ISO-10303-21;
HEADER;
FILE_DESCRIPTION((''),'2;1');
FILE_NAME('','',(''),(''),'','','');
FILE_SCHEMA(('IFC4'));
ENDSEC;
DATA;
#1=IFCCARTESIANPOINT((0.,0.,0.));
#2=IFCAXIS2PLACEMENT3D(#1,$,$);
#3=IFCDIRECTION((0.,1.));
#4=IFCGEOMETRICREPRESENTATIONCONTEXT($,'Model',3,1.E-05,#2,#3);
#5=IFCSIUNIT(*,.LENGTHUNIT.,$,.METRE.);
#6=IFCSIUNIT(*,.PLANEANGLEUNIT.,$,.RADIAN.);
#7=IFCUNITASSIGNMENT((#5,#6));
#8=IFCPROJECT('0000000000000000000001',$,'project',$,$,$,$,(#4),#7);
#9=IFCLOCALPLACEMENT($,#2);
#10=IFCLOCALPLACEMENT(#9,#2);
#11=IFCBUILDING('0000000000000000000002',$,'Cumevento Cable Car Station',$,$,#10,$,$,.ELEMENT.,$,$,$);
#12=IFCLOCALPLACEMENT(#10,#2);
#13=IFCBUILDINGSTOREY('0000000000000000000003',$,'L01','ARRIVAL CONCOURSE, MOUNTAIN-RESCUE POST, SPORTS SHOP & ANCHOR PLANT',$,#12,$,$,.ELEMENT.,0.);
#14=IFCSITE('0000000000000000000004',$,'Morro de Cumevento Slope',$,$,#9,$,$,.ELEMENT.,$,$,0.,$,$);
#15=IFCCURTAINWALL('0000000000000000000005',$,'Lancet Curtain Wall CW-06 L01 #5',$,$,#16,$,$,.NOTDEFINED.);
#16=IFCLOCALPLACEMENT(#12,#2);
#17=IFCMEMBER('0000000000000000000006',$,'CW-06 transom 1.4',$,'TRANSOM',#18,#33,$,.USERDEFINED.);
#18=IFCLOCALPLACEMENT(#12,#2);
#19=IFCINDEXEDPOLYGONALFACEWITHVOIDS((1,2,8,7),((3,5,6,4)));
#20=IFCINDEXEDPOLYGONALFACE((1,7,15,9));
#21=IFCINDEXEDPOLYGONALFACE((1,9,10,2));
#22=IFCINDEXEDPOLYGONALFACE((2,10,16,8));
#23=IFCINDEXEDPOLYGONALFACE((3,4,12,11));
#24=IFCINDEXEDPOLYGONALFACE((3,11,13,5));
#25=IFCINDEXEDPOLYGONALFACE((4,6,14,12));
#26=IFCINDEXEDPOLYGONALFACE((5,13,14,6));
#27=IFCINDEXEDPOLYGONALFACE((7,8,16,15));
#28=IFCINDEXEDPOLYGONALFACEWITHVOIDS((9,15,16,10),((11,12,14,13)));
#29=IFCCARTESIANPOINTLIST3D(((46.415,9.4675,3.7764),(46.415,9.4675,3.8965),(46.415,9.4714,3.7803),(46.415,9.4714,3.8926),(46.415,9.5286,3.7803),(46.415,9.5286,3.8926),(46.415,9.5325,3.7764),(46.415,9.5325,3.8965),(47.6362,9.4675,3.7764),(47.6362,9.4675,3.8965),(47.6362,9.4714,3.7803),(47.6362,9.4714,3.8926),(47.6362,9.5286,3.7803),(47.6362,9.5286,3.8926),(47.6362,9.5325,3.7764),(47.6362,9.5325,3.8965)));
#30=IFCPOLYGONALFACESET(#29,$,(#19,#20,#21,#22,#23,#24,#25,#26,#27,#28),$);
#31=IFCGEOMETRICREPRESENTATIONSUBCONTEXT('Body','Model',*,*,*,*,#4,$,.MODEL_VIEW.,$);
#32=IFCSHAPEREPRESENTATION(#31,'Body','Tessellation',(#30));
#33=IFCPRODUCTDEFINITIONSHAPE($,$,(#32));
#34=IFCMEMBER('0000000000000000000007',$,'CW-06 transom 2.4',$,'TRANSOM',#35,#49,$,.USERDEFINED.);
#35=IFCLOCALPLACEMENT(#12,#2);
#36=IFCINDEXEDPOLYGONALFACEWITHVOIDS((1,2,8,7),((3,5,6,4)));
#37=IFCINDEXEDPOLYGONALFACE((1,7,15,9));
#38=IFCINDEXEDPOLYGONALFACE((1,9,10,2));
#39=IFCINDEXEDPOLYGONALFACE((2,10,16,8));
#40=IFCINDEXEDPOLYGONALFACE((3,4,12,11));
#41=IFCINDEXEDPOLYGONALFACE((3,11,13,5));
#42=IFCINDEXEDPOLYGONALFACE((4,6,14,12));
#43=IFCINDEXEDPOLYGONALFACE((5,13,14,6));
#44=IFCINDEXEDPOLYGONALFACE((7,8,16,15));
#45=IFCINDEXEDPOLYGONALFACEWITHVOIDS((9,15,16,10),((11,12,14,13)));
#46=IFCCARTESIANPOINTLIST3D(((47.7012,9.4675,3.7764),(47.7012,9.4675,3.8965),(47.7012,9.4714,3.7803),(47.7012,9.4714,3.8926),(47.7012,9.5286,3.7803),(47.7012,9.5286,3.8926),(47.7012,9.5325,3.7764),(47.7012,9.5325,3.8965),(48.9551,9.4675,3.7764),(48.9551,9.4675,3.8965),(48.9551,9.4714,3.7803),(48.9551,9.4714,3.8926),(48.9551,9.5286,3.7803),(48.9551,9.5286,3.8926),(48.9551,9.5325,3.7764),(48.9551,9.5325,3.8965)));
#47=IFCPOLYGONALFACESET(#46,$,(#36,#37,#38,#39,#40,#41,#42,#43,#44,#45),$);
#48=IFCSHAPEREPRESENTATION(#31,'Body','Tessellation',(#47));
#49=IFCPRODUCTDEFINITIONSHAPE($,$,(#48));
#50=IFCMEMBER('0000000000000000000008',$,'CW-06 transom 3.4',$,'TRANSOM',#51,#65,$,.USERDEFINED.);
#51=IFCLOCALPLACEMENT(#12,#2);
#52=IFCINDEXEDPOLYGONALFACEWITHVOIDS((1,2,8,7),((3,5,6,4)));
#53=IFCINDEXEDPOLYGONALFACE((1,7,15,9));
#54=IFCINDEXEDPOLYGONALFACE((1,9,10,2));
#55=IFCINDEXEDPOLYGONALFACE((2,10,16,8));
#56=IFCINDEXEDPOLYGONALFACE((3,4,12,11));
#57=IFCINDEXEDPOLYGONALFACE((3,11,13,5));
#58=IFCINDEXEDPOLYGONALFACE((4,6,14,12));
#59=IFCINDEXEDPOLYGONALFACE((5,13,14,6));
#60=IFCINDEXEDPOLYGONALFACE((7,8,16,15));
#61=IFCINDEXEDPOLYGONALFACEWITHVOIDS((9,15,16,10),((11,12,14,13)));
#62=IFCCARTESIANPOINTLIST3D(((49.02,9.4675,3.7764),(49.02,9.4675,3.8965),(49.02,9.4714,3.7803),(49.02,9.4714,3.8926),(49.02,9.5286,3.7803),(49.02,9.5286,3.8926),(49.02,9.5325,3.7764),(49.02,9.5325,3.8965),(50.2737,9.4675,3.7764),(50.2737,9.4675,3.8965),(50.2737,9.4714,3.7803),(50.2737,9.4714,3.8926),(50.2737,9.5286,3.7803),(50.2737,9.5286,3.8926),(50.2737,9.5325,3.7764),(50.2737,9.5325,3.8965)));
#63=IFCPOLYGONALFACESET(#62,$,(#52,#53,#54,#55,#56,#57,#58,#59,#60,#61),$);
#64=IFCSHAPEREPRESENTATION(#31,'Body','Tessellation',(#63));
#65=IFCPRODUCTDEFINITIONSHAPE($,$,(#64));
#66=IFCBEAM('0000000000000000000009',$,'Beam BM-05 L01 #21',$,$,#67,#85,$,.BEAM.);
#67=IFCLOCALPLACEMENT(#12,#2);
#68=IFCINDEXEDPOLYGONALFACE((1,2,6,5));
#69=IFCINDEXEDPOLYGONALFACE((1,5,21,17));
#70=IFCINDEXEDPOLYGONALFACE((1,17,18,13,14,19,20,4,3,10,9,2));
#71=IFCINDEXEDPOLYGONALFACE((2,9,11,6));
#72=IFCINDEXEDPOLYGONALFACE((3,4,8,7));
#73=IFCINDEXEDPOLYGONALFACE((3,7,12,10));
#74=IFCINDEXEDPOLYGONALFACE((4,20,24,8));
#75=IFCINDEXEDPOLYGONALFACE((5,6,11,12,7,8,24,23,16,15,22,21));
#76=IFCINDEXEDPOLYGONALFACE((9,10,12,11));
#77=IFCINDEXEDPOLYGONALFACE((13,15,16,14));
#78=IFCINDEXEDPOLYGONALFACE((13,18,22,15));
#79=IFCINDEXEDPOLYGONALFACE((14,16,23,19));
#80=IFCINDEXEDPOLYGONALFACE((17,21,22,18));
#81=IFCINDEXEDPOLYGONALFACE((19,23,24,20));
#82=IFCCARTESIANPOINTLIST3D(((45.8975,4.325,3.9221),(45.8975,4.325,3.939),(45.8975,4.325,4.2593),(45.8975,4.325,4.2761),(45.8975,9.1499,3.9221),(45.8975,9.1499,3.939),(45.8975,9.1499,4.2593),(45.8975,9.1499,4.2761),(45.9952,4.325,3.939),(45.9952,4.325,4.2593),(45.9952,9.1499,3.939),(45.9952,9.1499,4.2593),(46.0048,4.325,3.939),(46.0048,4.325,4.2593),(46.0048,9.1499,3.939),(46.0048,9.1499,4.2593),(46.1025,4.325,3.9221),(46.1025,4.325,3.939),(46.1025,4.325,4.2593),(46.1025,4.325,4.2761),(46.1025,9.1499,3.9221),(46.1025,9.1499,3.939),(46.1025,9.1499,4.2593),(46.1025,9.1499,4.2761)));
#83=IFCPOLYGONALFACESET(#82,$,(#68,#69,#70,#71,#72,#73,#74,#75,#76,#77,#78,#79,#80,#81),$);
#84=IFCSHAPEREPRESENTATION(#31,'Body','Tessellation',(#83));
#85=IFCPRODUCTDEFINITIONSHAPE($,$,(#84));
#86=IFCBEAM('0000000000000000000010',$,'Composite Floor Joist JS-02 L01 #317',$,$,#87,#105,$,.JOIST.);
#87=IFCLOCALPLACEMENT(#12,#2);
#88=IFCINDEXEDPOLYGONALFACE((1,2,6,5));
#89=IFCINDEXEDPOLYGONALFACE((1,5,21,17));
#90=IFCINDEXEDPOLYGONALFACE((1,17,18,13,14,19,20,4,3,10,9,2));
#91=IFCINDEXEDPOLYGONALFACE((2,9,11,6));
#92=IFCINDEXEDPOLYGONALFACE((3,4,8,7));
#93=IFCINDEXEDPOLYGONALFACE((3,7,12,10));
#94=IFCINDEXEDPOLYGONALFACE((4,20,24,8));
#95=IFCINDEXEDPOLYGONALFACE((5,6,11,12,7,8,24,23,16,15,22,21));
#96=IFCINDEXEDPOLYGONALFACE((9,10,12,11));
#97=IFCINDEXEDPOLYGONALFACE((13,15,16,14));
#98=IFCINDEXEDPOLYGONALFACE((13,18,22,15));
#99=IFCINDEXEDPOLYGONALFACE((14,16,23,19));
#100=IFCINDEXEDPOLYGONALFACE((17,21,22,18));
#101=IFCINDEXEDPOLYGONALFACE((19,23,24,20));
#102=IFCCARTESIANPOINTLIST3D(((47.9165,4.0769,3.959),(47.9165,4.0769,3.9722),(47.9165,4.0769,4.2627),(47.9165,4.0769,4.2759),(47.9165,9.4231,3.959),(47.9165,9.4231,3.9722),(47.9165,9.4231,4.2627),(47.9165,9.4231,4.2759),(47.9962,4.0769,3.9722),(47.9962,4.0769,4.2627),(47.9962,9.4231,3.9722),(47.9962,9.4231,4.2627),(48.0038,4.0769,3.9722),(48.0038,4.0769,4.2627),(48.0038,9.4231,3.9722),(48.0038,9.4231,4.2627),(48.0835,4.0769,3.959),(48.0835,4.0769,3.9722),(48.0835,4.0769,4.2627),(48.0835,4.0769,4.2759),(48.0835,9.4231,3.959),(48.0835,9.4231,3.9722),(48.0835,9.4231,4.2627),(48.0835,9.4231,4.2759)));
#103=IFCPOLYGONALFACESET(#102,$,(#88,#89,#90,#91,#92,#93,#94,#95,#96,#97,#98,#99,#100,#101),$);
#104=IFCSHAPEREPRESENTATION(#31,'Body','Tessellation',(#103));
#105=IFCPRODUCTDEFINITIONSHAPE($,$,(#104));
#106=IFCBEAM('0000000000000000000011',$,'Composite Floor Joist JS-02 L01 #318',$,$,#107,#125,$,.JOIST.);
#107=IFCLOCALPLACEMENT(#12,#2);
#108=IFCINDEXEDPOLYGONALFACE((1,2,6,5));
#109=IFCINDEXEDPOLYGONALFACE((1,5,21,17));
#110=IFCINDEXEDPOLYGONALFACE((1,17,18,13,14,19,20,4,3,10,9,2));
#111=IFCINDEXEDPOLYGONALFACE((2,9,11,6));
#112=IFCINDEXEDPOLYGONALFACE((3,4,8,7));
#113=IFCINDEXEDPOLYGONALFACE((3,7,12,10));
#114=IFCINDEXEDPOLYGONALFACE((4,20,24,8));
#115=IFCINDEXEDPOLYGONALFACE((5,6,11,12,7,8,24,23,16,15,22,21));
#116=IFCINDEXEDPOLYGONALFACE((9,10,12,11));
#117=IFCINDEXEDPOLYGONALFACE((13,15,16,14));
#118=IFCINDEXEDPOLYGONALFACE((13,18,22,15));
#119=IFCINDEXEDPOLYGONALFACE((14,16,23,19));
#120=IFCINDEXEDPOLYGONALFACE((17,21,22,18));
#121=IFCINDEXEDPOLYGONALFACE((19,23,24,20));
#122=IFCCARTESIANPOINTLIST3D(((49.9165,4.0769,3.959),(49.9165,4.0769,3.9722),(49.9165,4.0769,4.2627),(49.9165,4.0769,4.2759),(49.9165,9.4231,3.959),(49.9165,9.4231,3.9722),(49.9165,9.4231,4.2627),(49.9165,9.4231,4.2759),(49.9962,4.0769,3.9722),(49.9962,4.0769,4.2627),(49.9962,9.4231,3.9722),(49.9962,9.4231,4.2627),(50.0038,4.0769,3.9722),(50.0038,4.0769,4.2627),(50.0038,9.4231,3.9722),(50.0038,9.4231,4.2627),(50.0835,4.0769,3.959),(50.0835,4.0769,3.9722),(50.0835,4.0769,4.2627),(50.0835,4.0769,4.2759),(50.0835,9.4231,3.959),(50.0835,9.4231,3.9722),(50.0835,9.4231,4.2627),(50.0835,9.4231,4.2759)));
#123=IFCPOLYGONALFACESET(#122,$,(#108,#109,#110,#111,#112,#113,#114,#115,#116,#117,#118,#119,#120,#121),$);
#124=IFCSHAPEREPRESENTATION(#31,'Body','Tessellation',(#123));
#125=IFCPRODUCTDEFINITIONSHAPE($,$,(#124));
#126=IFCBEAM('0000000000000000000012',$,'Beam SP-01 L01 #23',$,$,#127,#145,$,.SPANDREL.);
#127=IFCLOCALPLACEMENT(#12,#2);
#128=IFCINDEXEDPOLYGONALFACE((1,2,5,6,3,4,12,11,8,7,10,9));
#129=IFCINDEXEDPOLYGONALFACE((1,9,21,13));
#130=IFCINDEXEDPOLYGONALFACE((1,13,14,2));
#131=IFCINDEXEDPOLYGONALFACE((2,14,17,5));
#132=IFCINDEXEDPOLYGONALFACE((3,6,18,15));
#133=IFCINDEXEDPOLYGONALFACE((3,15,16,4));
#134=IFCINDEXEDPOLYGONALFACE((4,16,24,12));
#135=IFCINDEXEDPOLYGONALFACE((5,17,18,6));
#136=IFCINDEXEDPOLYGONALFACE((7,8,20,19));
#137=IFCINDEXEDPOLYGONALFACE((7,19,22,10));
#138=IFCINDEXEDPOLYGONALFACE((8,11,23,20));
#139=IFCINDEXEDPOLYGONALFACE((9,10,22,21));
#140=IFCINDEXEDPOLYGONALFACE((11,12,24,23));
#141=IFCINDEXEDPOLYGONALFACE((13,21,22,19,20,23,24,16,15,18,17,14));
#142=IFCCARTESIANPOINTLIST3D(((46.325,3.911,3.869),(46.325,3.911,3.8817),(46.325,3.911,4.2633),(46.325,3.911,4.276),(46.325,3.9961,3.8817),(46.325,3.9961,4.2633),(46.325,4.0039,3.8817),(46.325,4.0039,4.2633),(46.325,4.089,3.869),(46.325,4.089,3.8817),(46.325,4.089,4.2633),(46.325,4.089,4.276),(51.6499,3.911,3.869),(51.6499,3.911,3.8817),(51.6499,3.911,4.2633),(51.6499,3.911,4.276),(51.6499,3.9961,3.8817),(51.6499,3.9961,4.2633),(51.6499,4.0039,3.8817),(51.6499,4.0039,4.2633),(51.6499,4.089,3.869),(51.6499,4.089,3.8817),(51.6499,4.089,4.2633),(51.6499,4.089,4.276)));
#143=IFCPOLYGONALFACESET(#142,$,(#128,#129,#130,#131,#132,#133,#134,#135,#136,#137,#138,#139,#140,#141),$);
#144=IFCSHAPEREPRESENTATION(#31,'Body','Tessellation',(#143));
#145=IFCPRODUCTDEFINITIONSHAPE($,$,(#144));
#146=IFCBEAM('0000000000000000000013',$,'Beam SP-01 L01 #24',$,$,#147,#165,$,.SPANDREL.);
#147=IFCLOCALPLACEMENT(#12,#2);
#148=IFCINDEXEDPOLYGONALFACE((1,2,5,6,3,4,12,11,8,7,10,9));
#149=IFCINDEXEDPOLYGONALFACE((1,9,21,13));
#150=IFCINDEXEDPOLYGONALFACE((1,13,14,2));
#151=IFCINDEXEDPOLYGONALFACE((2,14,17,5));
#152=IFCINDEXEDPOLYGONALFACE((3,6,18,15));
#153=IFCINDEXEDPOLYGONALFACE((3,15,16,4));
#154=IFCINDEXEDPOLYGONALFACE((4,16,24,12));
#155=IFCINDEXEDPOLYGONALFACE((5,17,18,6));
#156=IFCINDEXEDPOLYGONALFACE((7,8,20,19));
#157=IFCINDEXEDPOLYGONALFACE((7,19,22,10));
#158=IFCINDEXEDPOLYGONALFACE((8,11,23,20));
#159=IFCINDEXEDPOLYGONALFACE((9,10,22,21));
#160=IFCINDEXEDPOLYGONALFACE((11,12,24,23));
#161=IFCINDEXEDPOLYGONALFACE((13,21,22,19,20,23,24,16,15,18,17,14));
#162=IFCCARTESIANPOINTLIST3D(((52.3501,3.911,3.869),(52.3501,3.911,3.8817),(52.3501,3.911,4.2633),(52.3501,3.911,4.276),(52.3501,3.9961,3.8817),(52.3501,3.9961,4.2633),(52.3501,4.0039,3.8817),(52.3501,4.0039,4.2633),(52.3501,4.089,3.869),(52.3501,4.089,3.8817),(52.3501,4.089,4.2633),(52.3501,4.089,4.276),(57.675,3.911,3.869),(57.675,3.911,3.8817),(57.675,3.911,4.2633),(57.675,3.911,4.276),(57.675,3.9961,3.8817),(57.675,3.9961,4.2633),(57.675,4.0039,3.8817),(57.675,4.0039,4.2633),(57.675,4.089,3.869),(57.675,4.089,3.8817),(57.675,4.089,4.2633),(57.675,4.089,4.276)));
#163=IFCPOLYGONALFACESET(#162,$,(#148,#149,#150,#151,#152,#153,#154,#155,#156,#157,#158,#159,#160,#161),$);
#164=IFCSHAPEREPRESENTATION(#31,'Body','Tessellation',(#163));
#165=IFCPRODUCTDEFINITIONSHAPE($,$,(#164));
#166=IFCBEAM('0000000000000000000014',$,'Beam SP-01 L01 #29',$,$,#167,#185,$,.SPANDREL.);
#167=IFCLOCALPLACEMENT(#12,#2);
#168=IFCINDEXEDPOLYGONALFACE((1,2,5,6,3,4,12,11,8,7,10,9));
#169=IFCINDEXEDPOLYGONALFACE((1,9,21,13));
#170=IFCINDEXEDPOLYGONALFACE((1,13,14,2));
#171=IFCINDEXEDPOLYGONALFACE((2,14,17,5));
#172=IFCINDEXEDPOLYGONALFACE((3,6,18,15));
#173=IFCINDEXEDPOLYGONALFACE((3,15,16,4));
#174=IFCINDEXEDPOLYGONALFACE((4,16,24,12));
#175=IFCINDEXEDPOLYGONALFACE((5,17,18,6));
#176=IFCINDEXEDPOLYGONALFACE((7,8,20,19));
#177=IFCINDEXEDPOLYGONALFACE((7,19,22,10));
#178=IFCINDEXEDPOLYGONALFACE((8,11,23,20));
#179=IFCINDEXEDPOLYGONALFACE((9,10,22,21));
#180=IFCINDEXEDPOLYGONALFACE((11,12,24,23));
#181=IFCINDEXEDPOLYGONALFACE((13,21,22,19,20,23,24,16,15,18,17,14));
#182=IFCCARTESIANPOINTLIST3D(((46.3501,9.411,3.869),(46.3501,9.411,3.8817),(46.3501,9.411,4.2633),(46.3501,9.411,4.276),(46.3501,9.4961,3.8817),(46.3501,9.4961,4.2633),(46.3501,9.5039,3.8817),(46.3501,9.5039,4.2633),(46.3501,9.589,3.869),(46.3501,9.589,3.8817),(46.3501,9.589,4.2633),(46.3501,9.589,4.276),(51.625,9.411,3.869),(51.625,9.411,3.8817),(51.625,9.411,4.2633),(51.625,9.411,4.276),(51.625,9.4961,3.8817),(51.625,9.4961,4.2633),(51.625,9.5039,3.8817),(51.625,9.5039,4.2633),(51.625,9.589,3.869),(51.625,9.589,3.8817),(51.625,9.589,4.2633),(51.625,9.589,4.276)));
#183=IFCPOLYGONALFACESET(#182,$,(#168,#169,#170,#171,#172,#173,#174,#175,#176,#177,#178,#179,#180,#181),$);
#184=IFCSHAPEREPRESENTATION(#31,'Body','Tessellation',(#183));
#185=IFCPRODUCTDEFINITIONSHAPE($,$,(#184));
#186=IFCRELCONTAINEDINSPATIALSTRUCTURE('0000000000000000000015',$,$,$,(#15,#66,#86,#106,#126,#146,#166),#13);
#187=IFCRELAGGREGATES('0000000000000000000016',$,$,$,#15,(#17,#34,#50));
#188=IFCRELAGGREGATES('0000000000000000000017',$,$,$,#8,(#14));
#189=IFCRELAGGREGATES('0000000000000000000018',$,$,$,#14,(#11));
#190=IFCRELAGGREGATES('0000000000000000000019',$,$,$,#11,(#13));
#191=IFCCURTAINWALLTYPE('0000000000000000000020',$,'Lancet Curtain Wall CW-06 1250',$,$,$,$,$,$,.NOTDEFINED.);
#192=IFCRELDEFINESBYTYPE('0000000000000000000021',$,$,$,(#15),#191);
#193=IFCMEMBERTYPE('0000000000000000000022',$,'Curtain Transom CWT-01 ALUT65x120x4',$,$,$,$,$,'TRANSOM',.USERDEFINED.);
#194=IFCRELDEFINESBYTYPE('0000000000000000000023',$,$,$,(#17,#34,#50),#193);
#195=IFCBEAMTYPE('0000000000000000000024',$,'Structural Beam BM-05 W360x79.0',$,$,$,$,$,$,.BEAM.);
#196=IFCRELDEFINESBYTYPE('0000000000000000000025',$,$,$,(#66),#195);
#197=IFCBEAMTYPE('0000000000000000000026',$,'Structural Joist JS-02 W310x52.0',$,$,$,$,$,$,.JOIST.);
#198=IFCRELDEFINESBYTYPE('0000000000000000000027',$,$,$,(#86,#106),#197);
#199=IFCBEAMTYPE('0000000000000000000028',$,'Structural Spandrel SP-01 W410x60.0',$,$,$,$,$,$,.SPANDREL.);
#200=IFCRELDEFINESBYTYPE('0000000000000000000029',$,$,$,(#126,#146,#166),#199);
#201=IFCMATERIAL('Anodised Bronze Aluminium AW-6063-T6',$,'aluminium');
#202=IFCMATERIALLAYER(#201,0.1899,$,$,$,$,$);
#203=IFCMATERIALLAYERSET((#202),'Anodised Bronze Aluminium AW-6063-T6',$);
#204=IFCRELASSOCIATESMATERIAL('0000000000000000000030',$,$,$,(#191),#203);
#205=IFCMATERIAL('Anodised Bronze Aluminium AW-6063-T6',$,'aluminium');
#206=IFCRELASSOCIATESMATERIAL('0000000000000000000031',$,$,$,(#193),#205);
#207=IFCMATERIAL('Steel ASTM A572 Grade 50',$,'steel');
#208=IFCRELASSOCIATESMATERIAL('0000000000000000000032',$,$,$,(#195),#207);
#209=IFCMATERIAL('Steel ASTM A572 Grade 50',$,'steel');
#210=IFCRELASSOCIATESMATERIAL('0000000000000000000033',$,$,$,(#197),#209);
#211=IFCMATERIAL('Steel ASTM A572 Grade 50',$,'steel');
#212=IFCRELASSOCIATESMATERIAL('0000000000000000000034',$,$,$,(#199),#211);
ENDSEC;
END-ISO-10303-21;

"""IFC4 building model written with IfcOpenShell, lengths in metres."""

from ifc_helpers import new_model, si_unit, direction, frame, origin, origin_2d, place, context, subcontext, project, spatial, hollow_rectangle, i_section, extrude, material, layer, layer_set, material_profile, profile_set, type_object, element, aggregate, save


model = new_model("IFC4")

# Units and contexts
model_context = context("Model", 3, precision=1e-05, world=origin(), true_north=direction((0.0, 1.0)))
body_context = subcontext(model_context, "Body", "Model", "MODEL_VIEW")
ifc_project = project(units=[si_unit("LENGTHUNIT", "METRE"), si_unit("PLANEANGLEUNIT", "RADIAN")], contexts=[model_context])

# Site, building, storey
site_placement = place(None, origin())
site = spatial("IfcSite", under=ifc_project, at=site_placement, Name="Morro de Cumevento Slope", CompositionType="ELEMENT", RefElevation=0.0)
building_placement = place(site_placement, origin())
building = spatial("IfcBuilding", under=site, at=building_placement, Name="Cumevento Cable Car Station", CompositionType="ELEMENT")
storey_placement = place(building_placement, origin())
storey = spatial("IfcBuildingStorey", under=building, at=storey_placement, Name="L01", Description="ARRIVAL CONCOURSE, MOUNTAIN-RESCUE POST, SPORTS SHOP & ANCHOR PLANT", CompositionType="ELEMENT", Elevation=0.0)

# Curtain wall, members
ifc_material_1 = material(Name="Anodised Bronze Aluminium AW-6063-T6", Category="aluminium")
ifc_layer_1 = layer(ifc_material_1, 0.1899)
ifc_layer_set_1 = layer_set([ifc_layer_1], Name="Anodised Bronze Aluminium AW-6063-T6")
curtain_wall_type_1 = type_object("IfcCurtainWallType", Name="Lancet Curtain Wall CW-06 1250", PredefinedType="NOTDEFINED", material=ifc_layer_set_1)
curtain_wall_1_placement = place(storey_placement, origin())
curtain_wall_1 = element("IfcCurtainWall", 1, at=curtain_wall_1_placement, inside=storey, type_object=curtain_wall_type_1, Name="Lancet Curtain Wall CW-06 L01 #5", PredefinedType="NOTDEFINED")
ifc_material_2 = material(Name="Anodised Bronze Aluminium AW-6063-T6", Category="aluminium")
ifc_material_profile_1 = material_profile(ifc_material_2, hollow_rectangle(XDim=0.0649, YDim=0.1201, WallThickness=0.0039, at=origin_2d()), Name="ALUT65x120x4")
ifc_profile_set_1 = profile_set([ifc_material_profile_1], Name="Anodised Bronze Aluminium AW-6063-T6")
member_type = type_object("IfcMemberType", Name="Curtain Transom CWT-01 ALUT65x120x4", ElementType="TRANSOM", PredefinedType="USERDEFINED", material=ifc_profile_set_1)
member_1_placement = place(storey_placement, frame((46.415, 9.5, 3.8364), z_axis=(1.0, 0.0, 0.0), x_axis=(0.0, 1.0, 0.0)))
member_1 = element("IfcMember", 2, at=member_1_placement, type_object=member_type, Name="CW-06 transom 1.4", ObjectType="TRANSOM", PredefinedType="USERDEFINED", context=body_context, shape_type="SweptSolid", body=[
    extrude(hollow_rectangle(XDim=0.0649, YDim=0.1201, WallThickness=0.0039, at=origin_2d()), origin(), (0.0, 0.0, 1.0), 1.2212),
])
member_2_placement = place(storey_placement, frame((47.7012, 9.5, 3.8364), z_axis=(1.0, 0.0, 0.0), x_axis=(0.0, 1.0, 0.0)))
member_2 = element("IfcMember", 3, at=member_2_placement, type_object=member_type, Name="CW-06 transom 2.4", ObjectType="TRANSOM", PredefinedType="USERDEFINED", context=body_context, shape_type="SweptSolid", body=[
    extrude(hollow_rectangle(XDim=0.0649, YDim=0.1201, WallThickness=0.0039, at=origin_2d()), origin(), (0.0, 0.0, 1.0), 1.2539),
])
member_3_placement = place(storey_placement, frame((49.02, 9.5, 3.8364), z_axis=(1.0, 0.0, 0.0), x_axis=(0.0, 1.0, 0.0)))
member_3 = element("IfcMember", 4, at=member_3_placement, type_object=member_type, Name="CW-06 transom 3.4", ObjectType="TRANSOM", PredefinedType="USERDEFINED", context=body_context, shape_type="SweptSolid", body=[
    extrude(hollow_rectangle(XDim=0.0649, YDim=0.1201, WallThickness=0.0039, at=origin_2d()), origin(), (0.0, 0.0, 1.0), 1.2537),
])

# Beams
ifc_material_3 = material(Name="Steel ASTM A572 Grade 50", Category="steel")
ifc_material_profile_2 = material_profile(ifc_material_3, i_section(OverallWidth=0.2051, OverallDepth=0.354, WebThickness=0.0095, FlangeThickness=0.0168, at=origin_2d()), Name="W360x79.0")
ifc_profile_set_2 = profile_set([ifc_material_profile_2], Name="Steel ASTM A572 Grade 50")
beam_type_1 = type_object("IfcBeamType", Name="Structural Beam BM-05 W360x79.0", PredefinedType="BEAM", material=ifc_profile_set_2)
beam_1_placement = place(storey_placement, frame((46.0, 4.325, 4.0991), z_axis=(0.0, 1.0, 0.0), x_axis=(-1.0, 0.0, 0.0)))
element("IfcBeam", 5, at=beam_1_placement, inside=storey, type_object=beam_type_1, Name="Beam BM-05 L01 #21", PredefinedType="BEAM", context=body_context, shape_type="SweptSolid", body=[
    extrude(i_section(OverallWidth=0.2051, OverallDepth=0.354, WebThickness=0.0095, FlangeThickness=0.0168, at=origin_2d()), origin(), (0.0, 0.0, 1.0), 4.825),
])
ifc_material_4 = material(Name="Steel ASTM A572 Grade 50", Category="steel")
ifc_material_profile_3 = material_profile(ifc_material_4, i_section(OverallWidth=0.167, OverallDepth=0.3169, WebThickness=0.0076, FlangeThickness=0.0132, at=origin_2d()), Name="W310x52.0")
ifc_profile_set_3 = profile_set([ifc_material_profile_3], Name="Steel ASTM A572 Grade 50")
beam_type_2 = type_object("IfcBeamType", Name="Structural Joist JS-02 W310x52.0", PredefinedType="JOIST", material=ifc_profile_set_3)
for number, where, z_axis, x_axis, name in (
    (6, (48.0, 4.0769, 4.1174), (0.0, 1.0, 0.0), (-1.0, 0.0, 0.0), "Composite Floor Joist JS-02 L01 #317"),
    (7, (50.0, 4.0769, 4.1174), (0.0, 1.0, 0.0), (-1.0, 0.0, 0.0), "Composite Floor Joist JS-02 L01 #318"),
):
    element("IfcBeam", number, at=place(storey_placement, frame(where, z_axis=z_axis, x_axis=x_axis)), inside=storey, type_object=beam_type_2, Name=name, PredefinedType="JOIST", context=body_context, shape_type="SweptSolid", body=[
        extrude(i_section(OverallWidth=0.167, OverallDepth=0.3169, WebThickness=0.0076, FlangeThickness=0.0132, at=origin_2d()), origin(), (0.0, 0.0, 1.0), 5.3462),
    ])
ifc_material_5 = material(Name="Steel ASTM A572 Grade 50", Category="steel")
ifc_material_profile_4 = material_profile(ifc_material_5, i_section(OverallWidth=0.178, OverallDepth=0.407, WebThickness=0.0078, FlangeThickness=0.0127, at=origin_2d()), Name="W410x60.0")
ifc_profile_set_4 = profile_set([ifc_material_profile_4], Name="Steel ASTM A572 Grade 50")
beam_type_3 = type_object("IfcBeamType", Name="Structural Spandrel SP-01 W410x60.0", PredefinedType="SPANDREL", material=ifc_profile_set_4)
for number, where, z_axis, x_axis, name in (
    (8, (46.325, 4.0, 4.0725), (1.0, 0.0, 0.0), (0.0, 1.0, 0.0), "Beam SP-01 L01 #23"),
    (9, (52.3501, 4.0, 4.0725), (1.0, 0.0, 0.0), (0.0, 1.0, 0.0), "Beam SP-01 L01 #24"),
):
    element("IfcBeam", number, at=place(storey_placement, frame(where, z_axis=z_axis, x_axis=x_axis)), inside=storey, type_object=beam_type_3, Name=name, PredefinedType="SPANDREL", context=body_context, shape_type="SweptSolid", body=[
        extrude(i_section(OverallWidth=0.178, OverallDepth=0.407, WebThickness=0.0078, FlangeThickness=0.0127, at=origin_2d()), origin(), (0.0, 0.0, 1.0), 5.325),
    ])
beam_2_placement = place(storey_placement, frame((46.3501, 9.5, 4.0725), z_axis=(1.0, 0.0, 0.0), x_axis=(0.0, 1.0, 0.0)))
element("IfcBeam", 10, at=beam_2_placement, inside=storey, type_object=beam_type_3, Name="Beam SP-01 L01 #29", PredefinedType="SPANDREL", context=body_context, shape_type="SweptSolid", body=[
    extrude(i_section(OverallWidth=0.178, OverallDepth=0.407, WebThickness=0.0078, FlangeThickness=0.0127, at=origin_2d()), origin(), (0.0, 0.0, 1.0), 5.2749),
])

aggregate(curtain_wall_1, [member_1, member_2, member_3])

save(model, "model.ifc")
